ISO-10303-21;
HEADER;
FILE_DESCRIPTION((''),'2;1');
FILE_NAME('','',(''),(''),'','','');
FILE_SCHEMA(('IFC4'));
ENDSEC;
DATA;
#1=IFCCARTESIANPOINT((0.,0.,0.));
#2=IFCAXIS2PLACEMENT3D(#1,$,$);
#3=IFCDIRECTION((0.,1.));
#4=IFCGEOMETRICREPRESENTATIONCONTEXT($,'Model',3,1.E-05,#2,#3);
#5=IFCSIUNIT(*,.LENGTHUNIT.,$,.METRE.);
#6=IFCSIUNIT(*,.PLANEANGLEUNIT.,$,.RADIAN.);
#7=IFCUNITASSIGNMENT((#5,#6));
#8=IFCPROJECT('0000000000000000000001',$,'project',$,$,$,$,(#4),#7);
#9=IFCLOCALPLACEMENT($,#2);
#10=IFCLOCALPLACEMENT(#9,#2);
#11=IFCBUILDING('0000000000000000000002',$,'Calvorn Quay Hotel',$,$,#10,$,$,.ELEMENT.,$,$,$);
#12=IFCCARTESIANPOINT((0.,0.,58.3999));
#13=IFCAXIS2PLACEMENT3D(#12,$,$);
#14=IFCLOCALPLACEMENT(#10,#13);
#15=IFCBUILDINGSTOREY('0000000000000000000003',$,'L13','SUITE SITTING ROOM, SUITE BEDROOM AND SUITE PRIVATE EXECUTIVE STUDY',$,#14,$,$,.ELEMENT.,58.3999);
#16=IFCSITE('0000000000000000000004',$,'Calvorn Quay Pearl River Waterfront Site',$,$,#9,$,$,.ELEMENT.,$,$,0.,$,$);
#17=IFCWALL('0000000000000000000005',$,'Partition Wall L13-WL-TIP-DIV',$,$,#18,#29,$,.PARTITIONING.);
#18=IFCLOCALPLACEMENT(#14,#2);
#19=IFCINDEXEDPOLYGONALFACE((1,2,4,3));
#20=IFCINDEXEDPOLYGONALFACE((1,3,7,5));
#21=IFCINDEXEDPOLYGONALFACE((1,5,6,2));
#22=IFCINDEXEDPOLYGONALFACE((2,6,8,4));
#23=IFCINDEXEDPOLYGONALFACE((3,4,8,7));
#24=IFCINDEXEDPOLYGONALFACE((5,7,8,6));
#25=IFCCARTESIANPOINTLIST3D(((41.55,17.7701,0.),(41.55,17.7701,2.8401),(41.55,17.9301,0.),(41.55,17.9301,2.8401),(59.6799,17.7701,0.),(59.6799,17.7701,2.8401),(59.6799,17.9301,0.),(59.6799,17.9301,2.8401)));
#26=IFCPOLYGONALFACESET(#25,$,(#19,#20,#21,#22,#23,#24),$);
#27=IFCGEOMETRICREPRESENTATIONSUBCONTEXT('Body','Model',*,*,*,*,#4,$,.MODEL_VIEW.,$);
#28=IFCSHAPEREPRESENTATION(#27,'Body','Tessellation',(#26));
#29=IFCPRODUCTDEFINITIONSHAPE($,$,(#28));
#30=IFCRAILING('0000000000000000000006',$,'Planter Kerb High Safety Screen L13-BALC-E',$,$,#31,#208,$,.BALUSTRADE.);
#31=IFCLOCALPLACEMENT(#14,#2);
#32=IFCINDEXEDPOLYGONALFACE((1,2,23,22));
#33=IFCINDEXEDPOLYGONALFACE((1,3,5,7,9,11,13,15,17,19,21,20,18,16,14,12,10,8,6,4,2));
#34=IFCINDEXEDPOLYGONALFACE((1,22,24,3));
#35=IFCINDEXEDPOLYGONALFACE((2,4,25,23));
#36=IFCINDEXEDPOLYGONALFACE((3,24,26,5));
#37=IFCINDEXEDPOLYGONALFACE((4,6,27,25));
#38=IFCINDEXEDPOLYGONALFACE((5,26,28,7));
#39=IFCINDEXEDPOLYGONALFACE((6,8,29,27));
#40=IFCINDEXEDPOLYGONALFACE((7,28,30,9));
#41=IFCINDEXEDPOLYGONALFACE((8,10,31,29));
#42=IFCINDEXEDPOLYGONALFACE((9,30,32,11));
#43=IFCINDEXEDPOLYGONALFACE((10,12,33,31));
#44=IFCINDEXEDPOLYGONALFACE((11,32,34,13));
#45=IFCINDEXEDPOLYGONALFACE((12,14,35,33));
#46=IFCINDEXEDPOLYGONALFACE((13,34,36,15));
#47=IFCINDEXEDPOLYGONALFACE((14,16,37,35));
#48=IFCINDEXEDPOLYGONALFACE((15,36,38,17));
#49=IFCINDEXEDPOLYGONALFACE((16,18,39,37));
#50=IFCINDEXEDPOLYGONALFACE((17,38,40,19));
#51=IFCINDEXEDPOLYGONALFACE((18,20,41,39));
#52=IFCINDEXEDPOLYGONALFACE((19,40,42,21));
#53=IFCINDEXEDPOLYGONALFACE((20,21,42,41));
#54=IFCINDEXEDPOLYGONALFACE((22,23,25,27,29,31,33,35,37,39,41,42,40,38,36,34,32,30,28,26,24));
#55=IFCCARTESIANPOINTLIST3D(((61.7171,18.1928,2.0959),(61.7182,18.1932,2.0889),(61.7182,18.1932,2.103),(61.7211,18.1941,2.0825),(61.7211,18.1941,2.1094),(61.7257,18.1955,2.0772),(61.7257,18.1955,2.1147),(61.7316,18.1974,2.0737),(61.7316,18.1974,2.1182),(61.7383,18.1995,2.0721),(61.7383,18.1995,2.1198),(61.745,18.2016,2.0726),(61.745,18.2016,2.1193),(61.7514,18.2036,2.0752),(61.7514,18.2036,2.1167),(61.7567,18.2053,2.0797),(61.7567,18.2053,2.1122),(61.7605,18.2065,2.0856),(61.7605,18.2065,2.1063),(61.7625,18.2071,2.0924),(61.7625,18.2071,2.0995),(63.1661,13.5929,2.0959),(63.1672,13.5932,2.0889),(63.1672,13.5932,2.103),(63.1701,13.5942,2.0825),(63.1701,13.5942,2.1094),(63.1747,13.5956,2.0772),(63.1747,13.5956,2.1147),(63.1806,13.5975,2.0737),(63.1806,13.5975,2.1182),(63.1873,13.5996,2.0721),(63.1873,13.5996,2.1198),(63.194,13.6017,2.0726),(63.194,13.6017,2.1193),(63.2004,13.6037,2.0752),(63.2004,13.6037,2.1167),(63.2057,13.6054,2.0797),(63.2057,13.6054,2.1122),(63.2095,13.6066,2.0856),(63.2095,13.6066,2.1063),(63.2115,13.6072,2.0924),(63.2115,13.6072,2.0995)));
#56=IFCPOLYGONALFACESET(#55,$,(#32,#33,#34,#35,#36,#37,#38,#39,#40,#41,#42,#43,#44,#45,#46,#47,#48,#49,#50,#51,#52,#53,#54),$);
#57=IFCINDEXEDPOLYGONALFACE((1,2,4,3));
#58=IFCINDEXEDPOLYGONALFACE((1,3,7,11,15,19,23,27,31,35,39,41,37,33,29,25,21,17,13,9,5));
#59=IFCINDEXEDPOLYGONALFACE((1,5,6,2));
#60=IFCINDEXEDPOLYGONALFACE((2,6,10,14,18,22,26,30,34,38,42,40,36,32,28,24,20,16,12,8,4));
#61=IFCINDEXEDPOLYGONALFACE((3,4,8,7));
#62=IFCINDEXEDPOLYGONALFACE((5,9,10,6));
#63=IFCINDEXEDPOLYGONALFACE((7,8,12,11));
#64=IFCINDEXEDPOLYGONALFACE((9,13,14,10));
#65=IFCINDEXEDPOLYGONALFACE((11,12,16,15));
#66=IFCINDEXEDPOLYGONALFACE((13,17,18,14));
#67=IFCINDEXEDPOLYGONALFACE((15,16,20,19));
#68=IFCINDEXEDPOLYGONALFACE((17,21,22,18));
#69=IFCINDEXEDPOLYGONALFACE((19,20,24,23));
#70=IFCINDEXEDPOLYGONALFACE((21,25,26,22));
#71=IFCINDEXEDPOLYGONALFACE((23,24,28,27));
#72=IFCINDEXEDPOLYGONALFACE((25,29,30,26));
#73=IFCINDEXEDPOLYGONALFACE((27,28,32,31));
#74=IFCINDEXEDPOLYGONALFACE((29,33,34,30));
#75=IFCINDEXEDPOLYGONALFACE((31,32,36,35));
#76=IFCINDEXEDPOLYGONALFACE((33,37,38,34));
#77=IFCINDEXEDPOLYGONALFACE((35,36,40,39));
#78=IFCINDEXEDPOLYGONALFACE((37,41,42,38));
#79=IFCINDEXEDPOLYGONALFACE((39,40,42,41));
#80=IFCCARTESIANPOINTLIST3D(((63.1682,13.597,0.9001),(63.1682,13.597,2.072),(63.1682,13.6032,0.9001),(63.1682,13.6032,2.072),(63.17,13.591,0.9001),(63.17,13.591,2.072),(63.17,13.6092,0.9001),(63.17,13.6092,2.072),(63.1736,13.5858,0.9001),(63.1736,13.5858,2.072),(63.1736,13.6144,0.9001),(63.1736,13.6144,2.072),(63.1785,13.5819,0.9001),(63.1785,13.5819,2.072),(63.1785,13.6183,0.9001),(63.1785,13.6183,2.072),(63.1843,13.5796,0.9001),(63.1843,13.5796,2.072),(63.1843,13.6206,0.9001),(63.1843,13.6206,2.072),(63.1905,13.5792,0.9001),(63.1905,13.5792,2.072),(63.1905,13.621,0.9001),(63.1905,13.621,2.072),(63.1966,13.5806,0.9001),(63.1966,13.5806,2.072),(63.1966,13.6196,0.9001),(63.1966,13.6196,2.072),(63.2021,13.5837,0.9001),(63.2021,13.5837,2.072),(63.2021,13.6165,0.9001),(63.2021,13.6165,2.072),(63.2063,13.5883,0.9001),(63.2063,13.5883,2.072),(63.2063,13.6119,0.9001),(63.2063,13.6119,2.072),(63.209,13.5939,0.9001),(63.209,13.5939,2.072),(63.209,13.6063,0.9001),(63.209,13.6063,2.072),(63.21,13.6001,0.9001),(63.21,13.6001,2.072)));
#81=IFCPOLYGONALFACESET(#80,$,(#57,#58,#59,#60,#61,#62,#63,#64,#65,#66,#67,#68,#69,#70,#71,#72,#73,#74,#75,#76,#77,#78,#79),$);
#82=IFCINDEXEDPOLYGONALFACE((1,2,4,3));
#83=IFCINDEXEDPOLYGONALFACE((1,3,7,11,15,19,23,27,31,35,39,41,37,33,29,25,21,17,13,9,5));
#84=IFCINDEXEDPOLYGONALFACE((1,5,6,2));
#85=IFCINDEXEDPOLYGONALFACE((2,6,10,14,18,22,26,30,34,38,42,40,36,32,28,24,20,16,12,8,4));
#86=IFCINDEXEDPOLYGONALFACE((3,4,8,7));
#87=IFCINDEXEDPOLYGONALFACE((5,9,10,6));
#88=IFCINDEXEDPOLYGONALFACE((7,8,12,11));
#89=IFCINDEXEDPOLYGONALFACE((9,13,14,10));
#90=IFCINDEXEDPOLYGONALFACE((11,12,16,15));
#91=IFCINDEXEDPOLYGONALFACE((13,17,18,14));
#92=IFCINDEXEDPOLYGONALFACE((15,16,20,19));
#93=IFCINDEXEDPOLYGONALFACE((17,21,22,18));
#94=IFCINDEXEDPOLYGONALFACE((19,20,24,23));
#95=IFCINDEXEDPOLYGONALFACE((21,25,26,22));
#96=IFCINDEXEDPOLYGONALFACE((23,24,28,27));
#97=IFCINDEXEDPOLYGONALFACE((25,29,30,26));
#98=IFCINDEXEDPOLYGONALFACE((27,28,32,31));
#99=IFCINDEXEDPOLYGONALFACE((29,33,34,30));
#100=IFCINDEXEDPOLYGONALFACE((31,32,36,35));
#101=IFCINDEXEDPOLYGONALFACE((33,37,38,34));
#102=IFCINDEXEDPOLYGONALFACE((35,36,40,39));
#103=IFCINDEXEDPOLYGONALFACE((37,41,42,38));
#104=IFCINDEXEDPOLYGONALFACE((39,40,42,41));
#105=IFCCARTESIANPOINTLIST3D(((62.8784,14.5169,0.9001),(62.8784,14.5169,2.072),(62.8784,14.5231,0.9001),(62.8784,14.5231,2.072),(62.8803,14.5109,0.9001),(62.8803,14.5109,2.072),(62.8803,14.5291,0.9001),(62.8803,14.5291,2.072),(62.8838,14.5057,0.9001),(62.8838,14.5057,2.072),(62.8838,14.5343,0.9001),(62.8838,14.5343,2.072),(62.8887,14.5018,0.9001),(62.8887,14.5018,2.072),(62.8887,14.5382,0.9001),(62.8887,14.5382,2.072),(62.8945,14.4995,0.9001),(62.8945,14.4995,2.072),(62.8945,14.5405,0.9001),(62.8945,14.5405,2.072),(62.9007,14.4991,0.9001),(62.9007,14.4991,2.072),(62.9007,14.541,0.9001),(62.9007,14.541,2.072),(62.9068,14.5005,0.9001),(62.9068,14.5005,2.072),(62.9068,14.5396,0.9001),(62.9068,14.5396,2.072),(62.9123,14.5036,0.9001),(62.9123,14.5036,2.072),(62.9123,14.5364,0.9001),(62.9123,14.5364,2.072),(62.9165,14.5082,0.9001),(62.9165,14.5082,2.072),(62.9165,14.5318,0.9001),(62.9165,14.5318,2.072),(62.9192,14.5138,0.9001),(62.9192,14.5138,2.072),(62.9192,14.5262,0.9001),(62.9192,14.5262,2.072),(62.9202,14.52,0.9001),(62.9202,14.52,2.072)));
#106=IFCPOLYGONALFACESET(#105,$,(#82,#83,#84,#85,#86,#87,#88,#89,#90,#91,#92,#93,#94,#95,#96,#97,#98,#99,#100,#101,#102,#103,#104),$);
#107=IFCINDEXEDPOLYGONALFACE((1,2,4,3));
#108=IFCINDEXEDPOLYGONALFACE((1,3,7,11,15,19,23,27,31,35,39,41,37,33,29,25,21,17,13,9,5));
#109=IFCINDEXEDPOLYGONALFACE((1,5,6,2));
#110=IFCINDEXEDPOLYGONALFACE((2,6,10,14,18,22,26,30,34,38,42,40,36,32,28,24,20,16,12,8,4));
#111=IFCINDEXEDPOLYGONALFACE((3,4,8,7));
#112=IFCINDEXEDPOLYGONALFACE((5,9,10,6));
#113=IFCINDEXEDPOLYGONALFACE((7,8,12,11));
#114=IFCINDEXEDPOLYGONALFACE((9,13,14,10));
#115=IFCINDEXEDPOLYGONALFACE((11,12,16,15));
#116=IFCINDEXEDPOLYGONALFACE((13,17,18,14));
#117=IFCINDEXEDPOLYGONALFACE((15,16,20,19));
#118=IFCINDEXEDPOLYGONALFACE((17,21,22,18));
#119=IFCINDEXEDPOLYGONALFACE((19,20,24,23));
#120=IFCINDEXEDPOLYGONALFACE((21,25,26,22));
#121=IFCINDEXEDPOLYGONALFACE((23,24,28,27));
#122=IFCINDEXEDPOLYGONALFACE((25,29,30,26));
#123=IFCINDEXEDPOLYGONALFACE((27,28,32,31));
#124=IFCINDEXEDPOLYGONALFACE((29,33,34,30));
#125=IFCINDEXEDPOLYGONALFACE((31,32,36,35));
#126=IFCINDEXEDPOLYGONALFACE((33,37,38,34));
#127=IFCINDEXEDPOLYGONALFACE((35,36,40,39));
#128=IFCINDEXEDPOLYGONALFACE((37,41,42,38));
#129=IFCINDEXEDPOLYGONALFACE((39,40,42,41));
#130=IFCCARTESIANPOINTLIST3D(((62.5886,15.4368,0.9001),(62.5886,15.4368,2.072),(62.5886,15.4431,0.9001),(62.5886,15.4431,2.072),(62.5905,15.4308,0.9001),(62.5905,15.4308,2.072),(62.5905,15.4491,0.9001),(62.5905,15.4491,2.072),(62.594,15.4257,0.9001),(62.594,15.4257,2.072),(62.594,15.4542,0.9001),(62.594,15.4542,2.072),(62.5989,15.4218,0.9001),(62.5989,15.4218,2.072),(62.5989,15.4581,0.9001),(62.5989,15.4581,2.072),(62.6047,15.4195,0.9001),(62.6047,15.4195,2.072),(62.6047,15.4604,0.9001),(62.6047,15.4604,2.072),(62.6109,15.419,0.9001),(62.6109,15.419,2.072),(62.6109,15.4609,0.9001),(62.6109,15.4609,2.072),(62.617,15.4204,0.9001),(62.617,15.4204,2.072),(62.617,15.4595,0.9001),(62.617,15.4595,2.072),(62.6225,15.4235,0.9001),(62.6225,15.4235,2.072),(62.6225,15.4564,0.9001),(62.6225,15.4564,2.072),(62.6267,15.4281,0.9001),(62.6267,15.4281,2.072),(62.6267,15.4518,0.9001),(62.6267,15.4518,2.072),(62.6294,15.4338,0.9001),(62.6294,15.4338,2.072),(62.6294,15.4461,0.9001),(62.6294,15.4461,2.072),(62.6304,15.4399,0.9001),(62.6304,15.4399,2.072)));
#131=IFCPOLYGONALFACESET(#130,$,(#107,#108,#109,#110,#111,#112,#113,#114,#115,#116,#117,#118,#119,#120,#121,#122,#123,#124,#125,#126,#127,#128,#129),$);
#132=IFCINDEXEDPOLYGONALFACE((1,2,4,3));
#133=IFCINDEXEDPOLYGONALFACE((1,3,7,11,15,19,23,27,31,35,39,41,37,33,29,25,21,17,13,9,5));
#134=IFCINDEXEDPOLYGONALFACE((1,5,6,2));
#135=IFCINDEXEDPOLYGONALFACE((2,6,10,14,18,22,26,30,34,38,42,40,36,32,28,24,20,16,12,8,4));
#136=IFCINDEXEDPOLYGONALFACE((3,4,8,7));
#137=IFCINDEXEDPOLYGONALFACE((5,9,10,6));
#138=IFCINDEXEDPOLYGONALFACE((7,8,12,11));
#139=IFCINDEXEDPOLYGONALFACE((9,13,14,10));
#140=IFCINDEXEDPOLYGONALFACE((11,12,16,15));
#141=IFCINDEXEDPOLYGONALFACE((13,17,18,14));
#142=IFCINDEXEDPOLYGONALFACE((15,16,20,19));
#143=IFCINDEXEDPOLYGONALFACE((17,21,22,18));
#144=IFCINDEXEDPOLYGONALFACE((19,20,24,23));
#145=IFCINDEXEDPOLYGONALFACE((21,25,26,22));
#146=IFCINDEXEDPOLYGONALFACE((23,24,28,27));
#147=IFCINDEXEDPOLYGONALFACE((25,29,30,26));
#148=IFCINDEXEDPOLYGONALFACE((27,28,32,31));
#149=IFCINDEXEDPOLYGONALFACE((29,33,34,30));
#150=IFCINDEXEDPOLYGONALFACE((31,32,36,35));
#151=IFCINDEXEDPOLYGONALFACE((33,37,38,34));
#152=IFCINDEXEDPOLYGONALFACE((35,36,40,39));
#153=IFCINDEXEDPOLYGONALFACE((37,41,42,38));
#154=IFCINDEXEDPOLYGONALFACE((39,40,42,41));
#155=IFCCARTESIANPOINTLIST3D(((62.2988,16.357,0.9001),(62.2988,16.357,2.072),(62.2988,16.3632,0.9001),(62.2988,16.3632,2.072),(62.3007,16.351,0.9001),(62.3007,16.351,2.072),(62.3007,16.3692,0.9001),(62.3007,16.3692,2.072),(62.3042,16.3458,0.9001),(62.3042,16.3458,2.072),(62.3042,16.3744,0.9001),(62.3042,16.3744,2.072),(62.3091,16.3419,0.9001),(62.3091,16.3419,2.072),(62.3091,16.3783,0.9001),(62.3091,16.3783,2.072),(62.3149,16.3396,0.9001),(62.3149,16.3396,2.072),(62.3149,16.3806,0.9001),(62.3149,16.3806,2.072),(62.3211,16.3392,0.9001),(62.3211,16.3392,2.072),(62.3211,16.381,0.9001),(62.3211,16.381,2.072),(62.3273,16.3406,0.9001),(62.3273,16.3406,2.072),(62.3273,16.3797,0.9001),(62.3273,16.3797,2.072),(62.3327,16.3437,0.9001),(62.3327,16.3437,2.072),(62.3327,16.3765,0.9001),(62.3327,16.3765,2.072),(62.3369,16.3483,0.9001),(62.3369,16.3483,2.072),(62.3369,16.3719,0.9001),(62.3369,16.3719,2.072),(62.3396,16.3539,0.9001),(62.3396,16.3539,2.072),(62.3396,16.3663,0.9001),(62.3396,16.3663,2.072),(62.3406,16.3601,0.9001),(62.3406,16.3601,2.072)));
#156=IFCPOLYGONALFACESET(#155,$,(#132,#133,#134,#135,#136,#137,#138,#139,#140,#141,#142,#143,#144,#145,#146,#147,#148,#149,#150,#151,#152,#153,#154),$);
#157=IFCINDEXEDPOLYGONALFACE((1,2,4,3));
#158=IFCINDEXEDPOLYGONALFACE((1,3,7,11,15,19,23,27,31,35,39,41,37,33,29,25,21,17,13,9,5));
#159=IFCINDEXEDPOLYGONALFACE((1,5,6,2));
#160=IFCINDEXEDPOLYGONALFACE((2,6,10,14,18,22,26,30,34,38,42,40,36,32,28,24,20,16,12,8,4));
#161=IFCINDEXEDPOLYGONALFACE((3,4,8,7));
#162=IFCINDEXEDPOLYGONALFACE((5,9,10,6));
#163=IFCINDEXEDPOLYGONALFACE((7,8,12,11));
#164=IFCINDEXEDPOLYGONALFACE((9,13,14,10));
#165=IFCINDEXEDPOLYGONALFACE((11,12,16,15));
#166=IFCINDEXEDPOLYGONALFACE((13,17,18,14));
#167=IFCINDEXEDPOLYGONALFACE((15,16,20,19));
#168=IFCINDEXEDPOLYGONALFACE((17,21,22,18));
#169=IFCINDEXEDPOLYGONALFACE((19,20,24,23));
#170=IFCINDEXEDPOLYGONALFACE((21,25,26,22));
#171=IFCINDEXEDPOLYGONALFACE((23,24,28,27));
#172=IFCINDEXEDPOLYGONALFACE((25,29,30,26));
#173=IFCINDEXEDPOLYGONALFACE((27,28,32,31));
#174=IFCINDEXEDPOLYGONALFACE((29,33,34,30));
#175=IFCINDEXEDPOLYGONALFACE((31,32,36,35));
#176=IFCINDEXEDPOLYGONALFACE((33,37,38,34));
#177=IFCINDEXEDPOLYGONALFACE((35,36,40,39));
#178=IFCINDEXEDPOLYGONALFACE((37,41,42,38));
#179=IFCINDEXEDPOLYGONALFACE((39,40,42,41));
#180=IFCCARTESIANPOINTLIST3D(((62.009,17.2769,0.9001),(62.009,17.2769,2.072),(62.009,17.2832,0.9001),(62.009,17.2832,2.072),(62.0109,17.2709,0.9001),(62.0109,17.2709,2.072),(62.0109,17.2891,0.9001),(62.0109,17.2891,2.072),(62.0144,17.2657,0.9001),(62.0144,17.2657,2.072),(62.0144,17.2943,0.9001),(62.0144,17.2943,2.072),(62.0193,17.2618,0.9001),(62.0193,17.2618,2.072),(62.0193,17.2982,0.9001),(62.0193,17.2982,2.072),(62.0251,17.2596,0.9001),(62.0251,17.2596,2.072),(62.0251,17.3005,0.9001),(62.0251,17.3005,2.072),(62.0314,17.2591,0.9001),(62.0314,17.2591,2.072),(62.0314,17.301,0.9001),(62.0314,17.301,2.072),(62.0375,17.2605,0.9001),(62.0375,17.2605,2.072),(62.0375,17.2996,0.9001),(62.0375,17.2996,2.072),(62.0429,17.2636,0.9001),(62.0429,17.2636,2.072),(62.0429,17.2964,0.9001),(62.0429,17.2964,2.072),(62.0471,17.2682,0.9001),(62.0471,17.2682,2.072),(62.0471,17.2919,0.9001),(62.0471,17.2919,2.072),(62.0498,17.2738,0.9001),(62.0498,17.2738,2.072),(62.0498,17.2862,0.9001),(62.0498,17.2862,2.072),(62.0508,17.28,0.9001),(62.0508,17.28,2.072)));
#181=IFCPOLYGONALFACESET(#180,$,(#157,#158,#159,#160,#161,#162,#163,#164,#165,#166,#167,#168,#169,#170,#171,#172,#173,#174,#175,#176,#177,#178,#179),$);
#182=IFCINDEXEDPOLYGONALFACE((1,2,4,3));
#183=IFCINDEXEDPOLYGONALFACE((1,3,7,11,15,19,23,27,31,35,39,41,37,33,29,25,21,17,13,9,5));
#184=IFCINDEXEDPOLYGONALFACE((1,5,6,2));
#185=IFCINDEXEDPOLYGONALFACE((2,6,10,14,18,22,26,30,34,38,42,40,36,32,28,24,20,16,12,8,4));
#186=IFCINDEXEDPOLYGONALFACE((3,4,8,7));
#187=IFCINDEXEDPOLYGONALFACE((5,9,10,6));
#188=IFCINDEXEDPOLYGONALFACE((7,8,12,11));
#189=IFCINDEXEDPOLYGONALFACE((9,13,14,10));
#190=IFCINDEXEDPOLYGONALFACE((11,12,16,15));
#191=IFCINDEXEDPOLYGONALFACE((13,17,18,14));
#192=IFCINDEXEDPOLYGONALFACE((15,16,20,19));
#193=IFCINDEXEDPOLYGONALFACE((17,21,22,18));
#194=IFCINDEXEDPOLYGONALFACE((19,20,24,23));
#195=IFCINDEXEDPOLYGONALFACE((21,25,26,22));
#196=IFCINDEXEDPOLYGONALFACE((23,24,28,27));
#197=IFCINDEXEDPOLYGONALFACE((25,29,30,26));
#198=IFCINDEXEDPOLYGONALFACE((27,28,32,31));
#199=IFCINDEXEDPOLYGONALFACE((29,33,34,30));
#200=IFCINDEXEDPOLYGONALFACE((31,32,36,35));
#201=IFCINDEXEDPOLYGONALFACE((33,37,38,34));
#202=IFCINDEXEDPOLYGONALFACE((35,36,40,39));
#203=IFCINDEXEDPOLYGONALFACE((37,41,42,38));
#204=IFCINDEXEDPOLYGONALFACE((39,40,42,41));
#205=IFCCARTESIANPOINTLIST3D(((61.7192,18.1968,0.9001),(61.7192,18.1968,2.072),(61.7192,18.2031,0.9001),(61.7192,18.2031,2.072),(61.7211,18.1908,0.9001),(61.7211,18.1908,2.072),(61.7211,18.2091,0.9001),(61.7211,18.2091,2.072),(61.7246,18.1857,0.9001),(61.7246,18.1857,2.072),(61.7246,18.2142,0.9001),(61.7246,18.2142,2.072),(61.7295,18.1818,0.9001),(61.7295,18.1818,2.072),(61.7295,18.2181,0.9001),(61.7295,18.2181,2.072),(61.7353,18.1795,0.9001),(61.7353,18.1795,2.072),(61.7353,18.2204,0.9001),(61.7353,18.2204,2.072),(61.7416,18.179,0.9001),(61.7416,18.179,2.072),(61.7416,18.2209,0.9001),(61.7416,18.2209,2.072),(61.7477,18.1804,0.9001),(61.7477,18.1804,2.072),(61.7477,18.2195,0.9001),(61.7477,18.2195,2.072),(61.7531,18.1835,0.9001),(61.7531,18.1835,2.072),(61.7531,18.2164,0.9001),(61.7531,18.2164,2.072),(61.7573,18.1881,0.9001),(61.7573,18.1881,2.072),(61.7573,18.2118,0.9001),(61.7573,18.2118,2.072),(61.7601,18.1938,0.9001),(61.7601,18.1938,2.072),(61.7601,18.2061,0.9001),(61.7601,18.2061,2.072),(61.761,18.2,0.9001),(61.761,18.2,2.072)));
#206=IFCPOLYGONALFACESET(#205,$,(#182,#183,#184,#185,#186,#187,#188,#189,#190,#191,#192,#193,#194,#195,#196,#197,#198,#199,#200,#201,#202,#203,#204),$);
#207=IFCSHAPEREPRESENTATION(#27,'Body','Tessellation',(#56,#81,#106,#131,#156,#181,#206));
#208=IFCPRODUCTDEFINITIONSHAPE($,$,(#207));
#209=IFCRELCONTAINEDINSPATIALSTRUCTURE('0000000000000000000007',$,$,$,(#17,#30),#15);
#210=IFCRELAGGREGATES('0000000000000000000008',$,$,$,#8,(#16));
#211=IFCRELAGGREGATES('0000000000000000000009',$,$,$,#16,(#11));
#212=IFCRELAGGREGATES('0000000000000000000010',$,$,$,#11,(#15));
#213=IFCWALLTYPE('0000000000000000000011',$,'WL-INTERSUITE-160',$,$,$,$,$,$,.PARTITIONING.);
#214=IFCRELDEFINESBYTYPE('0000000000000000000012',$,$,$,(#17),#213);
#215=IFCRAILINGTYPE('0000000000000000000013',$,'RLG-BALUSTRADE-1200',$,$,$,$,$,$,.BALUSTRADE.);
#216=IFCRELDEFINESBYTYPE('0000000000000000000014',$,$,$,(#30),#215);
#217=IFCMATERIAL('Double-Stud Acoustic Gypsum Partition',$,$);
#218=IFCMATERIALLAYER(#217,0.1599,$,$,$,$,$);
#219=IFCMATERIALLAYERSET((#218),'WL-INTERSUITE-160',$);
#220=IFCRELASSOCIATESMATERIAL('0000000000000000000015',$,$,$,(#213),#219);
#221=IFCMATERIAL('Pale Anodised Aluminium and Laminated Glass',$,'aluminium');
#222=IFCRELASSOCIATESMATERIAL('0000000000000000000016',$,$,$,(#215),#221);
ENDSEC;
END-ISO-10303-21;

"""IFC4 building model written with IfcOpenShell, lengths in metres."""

from ifc_helpers import new_model, si_unit, direction, frame, frame_2d, origin, origin_2d, place, context, subcontext, project, spatial, rectangle, circle, extrude, material, layer, layer_set, type_object, element, save


model = new_model("IFC4")

# Units and contexts
model_context = context("Model", 3, precision=1e-05, world=origin(), true_north=direction((0.0, 1.0)))
body_context = subcontext(model_context, "Body", "Model", "MODEL_VIEW")
ifc_project = project(units=[si_unit("LENGTHUNIT", "METRE"), si_unit("PLANEANGLEUNIT", "RADIAN")], contexts=[model_context])

# Site, building, storey
site_placement = place(None, origin())
site = spatial("IfcSite", under=ifc_project, at=site_placement, Name="Calvorn Quay Pearl River Waterfront Site", CompositionType="ELEMENT", RefElevation=0.0)
building_placement = place(site_placement, origin())
building = spatial("IfcBuilding", under=site, at=building_placement, Name="Calvorn Quay Hotel", CompositionType="ELEMENT")
storey_placement = place(building_placement, frame((0.0, 0.0, 58.3999)))
storey = spatial("IfcBuildingStorey", under=building, at=storey_placement, Name="L13", Description="SUITE SITTING ROOM, SUITE BEDROOM AND SUITE PRIVATE EXECUTIVE STUDY", CompositionType="ELEMENT", Elevation=58.3999)

# Shared definitions
ifc_material_1 = material(Name="Double-Stud Acoustic Gypsum Partition")
ifc_layer_1 = layer(ifc_material_1, 0.1599)
ifc_layer_set_1 = layer_set([ifc_layer_1], Name="WL-INTERSUITE-160")
wall_type_1 = type_object("IfcWallType", Name="WL-INTERSUITE-160", PredefinedType="PARTITIONING", material=ifc_layer_set_1)

# Wall
wall_1_placement = place(storey_placement, frame((41.55, 17.8501, 0.0), z_axis=(0.0, 0.0, 1.0), x_axis=(1.0, 0.0, 0.0)))
element("IfcWall", 1, at=wall_1_placement, inside=storey, type_object=wall_type_1, Name="Partition Wall L13-WL-TIP-DIV", PredefinedType="PARTITIONING", context=body_context, shape_type="SweptSolid", body=[
    extrude(rectangle(XDim=18.1299, YDim=0.1599, at=frame_2d((9.0649, 0.0))), origin(), (0.0, 0.0, 1.0), 2.8401),
])

# Railing
ifc_material_2 = material(Name="Pale Anodised Aluminium and Laminated Glass", Category="aluminium")
railing_type = type_object("IfcRailingType", Name="RLG-BALUSTRADE-1200", PredefinedType="BALUSTRADE", material=ifc_material_2)
railing_1_placement = place(storey_placement, frame((63.189, 13.6001, 0.9001)))
element("IfcRailing", 2, at=railing_1_placement, inside=storey, type_object=railing_type, Name="Planter Kerb High Safety Screen L13-BALC-E", PredefinedType="BALUSTRADE", context=body_context, shape_type="SweptSolid", body=[
    extrude(circle(Radius=0.0239, at=origin_2d()), frame((0.0, 0.0, 1.1958), z_axis=(-0.30045, 0.953797, 0.0), x_axis=(-0.953797, -0.30045, 0.0)), (0.0, 0.0, 1.0), 4.8228),
    extrude(circle(Radius=0.021, at=origin_2d()), origin(), (0.0, 0.0, 1.0), 1.1719),
    extrude(circle(Radius=0.021, at=origin_2d()), frame((-0.2898, 0.9199, 0.0)), (0.0, 0.0, 1.0), 1.1719),
    extrude(circle(Radius=0.021, at=origin_2d()), frame((-0.5796, 1.8398, 0.0)), (0.0, 0.0, 1.0), 1.1719),
    extrude(circle(Radius=0.021, at=origin_2d()), frame((-0.8694, 2.76, 0.0)), (0.0, 0.0, 1.0), 1.1719),
    extrude(circle(Radius=0.021, at=origin_2d()), frame((-1.1592, 3.6799, 0.0)), (0.0, 0.0, 1.0), 1.1719),
    extrude(circle(Radius=0.021, at=origin_2d()), frame((-1.449, 4.5999, 0.0)), (0.0, 0.0, 1.0), 1.1719),
])

save(model, "model.ifc")
